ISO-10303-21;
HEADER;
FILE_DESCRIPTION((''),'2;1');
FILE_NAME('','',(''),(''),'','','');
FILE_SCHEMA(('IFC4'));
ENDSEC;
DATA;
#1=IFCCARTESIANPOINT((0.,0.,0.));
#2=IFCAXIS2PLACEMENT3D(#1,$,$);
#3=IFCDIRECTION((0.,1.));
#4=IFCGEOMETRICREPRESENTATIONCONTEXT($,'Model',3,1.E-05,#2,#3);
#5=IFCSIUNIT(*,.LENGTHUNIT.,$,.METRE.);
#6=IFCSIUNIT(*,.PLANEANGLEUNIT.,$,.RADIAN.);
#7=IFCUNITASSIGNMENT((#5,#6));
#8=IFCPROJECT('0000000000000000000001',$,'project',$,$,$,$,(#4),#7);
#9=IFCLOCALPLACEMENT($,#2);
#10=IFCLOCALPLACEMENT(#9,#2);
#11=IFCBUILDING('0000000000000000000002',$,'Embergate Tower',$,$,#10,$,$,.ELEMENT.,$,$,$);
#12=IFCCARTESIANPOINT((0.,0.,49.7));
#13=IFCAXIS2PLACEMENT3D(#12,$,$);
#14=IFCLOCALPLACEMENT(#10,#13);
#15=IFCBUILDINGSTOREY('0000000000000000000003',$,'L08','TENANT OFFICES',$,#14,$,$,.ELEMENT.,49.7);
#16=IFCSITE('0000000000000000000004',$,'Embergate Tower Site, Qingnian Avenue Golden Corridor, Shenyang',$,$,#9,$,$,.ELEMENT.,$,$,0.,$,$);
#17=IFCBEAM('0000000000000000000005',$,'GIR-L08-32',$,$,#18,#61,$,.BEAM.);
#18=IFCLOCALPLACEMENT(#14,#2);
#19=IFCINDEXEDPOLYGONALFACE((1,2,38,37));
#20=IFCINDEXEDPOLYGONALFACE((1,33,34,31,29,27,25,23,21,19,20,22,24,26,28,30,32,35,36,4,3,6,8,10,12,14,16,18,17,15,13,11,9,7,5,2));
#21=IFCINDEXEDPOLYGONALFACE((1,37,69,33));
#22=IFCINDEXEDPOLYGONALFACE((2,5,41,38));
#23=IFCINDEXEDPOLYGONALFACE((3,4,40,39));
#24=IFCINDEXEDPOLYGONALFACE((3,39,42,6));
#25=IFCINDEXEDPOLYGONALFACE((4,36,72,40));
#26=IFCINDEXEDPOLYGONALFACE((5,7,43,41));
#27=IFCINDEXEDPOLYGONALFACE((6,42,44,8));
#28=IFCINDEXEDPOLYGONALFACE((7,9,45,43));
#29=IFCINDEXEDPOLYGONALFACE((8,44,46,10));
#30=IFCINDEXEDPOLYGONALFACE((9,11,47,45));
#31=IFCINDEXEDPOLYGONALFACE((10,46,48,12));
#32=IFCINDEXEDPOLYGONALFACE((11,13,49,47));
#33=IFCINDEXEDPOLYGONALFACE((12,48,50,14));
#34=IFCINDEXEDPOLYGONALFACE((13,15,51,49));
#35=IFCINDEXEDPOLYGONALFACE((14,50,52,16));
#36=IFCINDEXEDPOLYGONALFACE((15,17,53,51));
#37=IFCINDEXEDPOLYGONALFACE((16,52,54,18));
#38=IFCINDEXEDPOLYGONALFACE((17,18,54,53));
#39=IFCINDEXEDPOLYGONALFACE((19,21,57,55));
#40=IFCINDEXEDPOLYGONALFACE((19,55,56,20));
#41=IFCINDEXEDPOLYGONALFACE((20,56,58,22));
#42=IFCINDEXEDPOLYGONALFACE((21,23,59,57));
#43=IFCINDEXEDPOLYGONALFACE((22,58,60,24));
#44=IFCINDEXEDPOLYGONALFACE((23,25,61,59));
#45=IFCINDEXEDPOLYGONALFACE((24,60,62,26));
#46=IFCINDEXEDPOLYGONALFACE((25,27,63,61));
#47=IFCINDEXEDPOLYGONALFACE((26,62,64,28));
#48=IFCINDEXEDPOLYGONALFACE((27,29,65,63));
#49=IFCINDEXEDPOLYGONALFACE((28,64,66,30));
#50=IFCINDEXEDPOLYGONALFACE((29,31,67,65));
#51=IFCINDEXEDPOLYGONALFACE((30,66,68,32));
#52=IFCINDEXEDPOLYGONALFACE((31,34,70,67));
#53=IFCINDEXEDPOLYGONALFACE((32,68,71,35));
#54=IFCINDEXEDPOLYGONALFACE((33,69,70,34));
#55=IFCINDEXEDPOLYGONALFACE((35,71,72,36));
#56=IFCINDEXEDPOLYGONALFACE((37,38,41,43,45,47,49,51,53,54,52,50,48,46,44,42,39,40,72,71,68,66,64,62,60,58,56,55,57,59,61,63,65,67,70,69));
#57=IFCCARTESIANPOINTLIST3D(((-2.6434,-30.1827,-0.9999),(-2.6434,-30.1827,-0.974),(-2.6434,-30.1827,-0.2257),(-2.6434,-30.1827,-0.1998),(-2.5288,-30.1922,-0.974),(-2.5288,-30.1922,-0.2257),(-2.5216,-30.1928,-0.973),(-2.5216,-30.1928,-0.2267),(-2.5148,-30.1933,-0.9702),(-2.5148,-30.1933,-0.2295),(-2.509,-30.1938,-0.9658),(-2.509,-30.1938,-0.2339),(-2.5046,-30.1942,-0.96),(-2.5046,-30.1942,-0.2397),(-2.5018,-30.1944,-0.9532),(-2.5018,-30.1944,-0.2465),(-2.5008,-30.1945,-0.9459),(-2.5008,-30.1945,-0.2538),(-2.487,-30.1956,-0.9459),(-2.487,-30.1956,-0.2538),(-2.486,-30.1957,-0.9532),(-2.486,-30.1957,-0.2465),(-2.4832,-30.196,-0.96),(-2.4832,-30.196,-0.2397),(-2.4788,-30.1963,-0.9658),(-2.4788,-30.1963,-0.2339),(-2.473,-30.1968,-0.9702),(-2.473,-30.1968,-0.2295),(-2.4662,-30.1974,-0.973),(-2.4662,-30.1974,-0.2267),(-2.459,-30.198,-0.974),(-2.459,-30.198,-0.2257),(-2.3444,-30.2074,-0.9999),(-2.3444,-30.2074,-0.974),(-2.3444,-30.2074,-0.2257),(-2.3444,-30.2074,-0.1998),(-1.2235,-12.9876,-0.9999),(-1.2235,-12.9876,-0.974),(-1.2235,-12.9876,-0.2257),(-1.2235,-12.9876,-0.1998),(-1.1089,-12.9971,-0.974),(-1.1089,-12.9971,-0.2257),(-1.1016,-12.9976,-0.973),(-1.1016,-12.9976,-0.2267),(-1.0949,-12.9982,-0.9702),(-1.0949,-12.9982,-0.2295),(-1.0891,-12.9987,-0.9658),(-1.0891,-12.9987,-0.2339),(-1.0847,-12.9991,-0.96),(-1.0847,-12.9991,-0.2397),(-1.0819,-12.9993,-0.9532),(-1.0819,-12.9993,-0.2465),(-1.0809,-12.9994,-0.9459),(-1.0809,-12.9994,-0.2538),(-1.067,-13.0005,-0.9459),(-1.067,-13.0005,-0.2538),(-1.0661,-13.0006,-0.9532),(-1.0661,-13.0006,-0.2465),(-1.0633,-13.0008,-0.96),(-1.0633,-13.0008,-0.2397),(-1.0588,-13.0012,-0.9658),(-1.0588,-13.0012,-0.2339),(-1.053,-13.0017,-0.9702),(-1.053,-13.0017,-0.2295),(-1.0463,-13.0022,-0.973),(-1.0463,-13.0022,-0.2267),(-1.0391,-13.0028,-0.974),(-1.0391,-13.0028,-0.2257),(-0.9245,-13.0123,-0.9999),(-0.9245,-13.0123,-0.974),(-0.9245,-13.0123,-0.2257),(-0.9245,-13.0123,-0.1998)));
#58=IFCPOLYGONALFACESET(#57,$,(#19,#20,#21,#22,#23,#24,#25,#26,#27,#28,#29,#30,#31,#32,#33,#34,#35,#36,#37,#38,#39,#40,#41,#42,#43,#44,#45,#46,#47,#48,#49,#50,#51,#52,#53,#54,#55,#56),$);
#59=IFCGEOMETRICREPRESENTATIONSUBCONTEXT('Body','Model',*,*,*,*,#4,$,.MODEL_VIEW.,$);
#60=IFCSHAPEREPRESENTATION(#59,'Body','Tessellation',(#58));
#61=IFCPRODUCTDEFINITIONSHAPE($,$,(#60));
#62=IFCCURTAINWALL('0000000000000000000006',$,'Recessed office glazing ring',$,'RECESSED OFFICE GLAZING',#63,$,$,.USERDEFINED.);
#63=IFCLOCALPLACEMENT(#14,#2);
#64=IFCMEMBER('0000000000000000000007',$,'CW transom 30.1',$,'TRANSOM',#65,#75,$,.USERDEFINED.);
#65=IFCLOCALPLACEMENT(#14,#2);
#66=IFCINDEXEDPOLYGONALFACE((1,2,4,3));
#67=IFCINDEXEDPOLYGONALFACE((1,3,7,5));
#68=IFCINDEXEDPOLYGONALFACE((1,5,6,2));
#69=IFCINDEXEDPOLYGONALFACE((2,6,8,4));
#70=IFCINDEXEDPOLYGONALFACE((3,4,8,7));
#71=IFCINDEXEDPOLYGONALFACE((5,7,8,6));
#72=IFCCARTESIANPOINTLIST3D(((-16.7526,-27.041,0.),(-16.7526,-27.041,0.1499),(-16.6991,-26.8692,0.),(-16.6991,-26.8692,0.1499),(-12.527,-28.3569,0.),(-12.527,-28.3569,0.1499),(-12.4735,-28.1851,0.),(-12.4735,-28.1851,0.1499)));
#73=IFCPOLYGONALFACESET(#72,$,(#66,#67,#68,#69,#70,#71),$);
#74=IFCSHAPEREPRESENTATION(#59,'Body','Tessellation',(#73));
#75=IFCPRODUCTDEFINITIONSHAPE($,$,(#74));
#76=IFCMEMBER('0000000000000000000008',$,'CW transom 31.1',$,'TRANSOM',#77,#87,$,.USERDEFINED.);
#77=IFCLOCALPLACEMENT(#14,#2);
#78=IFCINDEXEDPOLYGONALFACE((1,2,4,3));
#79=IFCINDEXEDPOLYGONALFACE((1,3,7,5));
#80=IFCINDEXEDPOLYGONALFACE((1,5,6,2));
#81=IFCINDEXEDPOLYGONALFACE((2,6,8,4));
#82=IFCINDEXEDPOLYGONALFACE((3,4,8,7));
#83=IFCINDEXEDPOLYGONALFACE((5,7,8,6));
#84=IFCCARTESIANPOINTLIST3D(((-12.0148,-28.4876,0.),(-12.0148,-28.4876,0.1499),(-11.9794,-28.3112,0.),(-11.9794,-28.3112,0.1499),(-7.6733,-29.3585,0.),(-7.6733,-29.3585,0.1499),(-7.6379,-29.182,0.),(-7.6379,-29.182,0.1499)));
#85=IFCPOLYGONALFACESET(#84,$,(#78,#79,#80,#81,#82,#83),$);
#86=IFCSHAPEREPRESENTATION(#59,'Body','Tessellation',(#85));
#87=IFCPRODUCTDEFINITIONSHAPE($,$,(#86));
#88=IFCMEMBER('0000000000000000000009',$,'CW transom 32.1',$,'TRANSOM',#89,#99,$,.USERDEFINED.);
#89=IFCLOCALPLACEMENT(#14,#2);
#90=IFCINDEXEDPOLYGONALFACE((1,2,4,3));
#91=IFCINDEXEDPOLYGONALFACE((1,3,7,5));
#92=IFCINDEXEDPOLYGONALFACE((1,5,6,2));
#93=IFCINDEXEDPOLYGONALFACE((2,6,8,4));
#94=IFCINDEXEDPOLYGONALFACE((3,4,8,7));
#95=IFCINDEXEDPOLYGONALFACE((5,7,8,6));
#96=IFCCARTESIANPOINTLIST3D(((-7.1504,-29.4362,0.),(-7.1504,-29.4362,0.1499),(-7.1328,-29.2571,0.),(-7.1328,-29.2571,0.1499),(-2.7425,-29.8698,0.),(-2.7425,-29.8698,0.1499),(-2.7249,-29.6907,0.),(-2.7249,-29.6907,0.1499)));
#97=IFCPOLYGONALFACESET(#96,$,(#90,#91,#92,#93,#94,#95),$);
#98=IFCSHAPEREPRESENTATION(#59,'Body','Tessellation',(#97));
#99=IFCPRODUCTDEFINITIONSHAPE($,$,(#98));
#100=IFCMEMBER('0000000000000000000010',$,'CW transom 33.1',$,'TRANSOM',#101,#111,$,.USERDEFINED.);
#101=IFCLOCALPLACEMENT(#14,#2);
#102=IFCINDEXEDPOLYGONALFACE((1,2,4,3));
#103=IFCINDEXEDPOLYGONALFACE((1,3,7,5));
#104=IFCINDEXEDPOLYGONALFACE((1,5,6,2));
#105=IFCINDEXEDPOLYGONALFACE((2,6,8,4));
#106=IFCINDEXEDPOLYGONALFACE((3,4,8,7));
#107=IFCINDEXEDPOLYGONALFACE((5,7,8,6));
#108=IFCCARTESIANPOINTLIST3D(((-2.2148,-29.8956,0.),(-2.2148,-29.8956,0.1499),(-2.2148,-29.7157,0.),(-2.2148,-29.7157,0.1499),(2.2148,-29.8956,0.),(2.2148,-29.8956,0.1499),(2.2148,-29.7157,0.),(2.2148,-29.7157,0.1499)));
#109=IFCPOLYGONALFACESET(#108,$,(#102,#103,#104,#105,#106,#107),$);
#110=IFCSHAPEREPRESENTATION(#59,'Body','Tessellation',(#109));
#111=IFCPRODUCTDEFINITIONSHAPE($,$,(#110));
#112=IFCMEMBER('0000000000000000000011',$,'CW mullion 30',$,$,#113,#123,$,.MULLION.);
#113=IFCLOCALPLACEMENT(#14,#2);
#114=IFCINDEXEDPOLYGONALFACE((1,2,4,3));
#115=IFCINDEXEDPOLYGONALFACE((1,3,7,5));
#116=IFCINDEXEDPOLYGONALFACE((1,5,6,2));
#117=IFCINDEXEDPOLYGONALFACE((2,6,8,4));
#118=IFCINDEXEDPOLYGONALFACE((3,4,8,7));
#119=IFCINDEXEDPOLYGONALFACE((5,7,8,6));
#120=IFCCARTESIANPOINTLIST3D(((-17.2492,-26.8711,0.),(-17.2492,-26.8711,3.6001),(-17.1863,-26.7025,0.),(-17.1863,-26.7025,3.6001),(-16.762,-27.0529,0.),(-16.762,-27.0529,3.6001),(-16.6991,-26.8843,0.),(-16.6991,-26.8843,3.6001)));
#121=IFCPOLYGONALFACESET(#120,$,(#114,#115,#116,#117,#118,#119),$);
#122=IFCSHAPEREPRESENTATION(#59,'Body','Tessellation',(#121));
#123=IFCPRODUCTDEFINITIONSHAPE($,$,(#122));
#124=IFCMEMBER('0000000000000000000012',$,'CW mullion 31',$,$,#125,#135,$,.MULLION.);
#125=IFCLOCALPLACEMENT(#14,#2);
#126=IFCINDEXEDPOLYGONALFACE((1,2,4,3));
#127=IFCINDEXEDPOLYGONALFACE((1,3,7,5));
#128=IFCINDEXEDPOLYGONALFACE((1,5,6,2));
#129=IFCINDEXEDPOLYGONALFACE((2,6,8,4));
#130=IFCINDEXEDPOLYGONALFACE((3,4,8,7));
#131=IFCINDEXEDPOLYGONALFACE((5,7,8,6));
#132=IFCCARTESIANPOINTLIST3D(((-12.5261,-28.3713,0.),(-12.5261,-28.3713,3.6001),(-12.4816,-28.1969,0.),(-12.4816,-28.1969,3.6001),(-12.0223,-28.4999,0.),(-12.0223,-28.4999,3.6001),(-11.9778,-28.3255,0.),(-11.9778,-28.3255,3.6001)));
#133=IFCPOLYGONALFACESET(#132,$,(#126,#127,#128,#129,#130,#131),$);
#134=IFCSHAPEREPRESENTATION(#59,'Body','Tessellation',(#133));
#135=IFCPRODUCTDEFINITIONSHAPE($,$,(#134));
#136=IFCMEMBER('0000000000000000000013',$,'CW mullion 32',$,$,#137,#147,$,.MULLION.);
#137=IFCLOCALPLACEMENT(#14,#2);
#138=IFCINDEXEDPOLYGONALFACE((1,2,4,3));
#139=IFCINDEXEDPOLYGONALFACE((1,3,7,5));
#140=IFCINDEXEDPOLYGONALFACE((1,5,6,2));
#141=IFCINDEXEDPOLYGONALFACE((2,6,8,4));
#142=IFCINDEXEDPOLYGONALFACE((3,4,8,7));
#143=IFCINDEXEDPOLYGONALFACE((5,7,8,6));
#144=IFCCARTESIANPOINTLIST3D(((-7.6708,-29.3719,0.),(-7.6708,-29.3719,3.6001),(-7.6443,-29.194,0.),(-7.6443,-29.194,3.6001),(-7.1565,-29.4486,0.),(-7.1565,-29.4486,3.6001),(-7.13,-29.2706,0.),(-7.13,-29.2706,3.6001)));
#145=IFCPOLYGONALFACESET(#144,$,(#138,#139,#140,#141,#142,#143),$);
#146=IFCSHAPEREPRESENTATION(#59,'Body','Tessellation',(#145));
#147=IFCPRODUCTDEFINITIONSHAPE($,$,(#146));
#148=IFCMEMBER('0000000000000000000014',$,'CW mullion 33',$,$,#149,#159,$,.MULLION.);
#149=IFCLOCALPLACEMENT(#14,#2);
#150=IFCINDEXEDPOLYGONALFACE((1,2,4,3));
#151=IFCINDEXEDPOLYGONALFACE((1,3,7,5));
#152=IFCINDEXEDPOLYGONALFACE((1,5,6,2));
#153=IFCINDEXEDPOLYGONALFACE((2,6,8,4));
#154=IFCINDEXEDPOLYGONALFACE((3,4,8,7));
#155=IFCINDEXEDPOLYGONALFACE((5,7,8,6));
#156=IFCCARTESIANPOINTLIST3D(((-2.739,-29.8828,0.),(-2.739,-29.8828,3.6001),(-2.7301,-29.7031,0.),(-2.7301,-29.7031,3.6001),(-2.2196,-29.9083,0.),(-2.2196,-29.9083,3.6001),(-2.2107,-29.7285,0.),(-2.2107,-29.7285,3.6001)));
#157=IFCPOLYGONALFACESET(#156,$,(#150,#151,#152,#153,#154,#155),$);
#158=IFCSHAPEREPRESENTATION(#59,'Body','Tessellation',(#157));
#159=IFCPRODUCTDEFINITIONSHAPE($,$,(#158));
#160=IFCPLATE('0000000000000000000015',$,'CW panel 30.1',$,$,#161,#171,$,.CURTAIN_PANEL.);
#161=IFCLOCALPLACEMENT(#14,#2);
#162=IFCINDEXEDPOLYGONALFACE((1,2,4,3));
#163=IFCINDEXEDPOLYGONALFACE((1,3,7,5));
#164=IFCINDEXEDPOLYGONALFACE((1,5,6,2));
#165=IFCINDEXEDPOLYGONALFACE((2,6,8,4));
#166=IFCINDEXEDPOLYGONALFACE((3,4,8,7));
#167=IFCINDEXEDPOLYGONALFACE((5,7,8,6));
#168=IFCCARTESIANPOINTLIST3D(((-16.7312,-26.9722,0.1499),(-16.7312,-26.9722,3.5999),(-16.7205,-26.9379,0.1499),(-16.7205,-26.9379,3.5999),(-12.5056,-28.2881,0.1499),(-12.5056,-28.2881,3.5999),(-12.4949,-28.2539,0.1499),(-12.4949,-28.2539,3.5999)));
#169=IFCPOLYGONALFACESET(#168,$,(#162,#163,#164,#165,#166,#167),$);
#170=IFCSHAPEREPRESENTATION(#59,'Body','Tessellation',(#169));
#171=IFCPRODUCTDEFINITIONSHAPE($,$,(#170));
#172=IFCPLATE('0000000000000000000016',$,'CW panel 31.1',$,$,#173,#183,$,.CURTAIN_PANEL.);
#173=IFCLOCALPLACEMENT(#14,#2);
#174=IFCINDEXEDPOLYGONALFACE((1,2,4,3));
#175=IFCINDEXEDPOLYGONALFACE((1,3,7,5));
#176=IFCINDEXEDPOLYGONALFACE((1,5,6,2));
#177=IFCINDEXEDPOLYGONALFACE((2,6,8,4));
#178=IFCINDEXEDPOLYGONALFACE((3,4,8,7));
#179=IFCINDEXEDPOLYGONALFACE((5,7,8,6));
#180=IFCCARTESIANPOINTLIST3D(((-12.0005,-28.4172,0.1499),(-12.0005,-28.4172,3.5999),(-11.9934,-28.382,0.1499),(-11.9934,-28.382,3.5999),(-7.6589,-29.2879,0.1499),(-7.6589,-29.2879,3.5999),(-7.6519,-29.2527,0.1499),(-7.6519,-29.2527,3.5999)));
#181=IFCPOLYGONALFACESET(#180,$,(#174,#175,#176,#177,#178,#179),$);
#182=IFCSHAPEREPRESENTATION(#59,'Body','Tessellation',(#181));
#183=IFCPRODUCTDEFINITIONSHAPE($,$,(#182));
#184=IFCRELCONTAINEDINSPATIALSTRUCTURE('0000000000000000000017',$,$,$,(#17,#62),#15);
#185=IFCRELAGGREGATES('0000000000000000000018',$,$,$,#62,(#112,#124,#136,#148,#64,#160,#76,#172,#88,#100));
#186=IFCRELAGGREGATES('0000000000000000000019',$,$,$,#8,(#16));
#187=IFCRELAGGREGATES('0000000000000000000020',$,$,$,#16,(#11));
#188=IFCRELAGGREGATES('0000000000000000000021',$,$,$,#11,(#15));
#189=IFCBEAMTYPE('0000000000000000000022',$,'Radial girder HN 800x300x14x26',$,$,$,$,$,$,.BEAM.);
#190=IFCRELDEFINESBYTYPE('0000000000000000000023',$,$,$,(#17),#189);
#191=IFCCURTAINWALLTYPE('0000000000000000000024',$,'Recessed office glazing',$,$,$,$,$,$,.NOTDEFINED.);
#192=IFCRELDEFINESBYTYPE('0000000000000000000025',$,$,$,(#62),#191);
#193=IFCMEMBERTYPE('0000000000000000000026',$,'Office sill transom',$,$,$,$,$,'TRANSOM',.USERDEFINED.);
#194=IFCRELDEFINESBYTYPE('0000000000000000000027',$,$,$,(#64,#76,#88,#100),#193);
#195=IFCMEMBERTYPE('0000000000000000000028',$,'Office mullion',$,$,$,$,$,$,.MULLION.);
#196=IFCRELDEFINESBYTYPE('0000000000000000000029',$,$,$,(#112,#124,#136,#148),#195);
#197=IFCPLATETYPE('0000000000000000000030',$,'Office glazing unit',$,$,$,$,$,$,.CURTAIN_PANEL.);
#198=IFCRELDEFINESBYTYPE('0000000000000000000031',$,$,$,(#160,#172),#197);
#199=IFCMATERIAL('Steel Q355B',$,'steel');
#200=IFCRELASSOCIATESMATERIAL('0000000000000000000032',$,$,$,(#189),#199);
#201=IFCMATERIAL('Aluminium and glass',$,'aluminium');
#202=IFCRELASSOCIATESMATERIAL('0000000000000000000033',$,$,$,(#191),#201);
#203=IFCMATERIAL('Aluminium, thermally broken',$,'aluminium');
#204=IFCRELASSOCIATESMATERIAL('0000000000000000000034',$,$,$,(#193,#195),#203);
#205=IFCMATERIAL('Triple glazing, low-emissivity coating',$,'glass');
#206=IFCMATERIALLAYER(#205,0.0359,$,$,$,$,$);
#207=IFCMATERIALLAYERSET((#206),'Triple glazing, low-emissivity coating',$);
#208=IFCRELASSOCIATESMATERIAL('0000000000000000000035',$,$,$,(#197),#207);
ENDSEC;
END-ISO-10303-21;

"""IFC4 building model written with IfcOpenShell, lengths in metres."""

from ifc_helpers import new_model, si_unit, direction, frame, origin, origin_2d, place, context, subcontext, project, spatial, rectangle, i_section, extrude, source, transform, mapped, material, layer, layer_set, material_profile, profile_set, type_object, element, aggregate, save


model = new_model("IFC4")

# Units and contexts
model_context = context("Model", 3, precision=1e-05, world=origin(), true_north=direction((0.0, 1.0)))
body_context = subcontext(model_context, "Body", "Model", "MODEL_VIEW")
ifc_project = project(units=[si_unit("LENGTHUNIT", "METRE"), si_unit("PLANEANGLEUNIT", "RADIAN")], contexts=[model_context])

# Site, building, storey
site_placement = place(None, origin())
site = spatial("IfcSite", under=ifc_project, at=site_placement, Name="Embergate Tower Site, Qingnian Avenue Golden Corridor, Shenyang", CompositionType="ELEMENT", RefElevation=0.0)
building_placement = place(site_placement, origin())
building = spatial("IfcBuilding", under=site, at=building_placement, Name="Embergate Tower", CompositionType="ELEMENT")
storey_placement = place(building_placement, frame((0.0, 0.0, 49.7)))
storey = spatial("IfcBuildingStorey", under=building, at=storey_placement, Name="L08", Description="TENANT OFFICES", CompositionType="ELEMENT", Elevation=49.7)

# Beam
ifc_material_1 = material(Name="Steel Q355B", Category="steel")
ifc_material_profile_1 = material_profile(ifc_material_1, i_section(OverallWidth=0.3, OverallDepth=0.8, WebThickness=0.0139, FlangeThickness=0.0259, FilletRadius=0.0281, at=origin_2d()), Name="HN 800x300x14x26")
ifc_profile_set_1 = profile_set([ifc_material_profile_1], Name="Steel Q355 grade B")
beam_type_1 = type_object("IfcBeamType", Name="Radial girder HN 800x300x14x26", PredefinedType="BEAM", material=ifc_profile_set_1)
shared_shape_1 = source(origin(), body_context, "Body", "SweptSolid", [
    extrude(i_section(OverallWidth=0.3, OverallDepth=0.8, WebThickness=0.0139, FlangeThickness=0.0259, FilletRadius=0.0281, at=origin_2d()), origin(), (0.0, 0.0, 1.0), 17.2537),
])
beam_1_placement = place(storey_placement, frame((-2.4939, -30.1951, -0.5999), z_axis=(0.082297, 0.996608, 0.0), x_axis=(-0.996608, 0.082297, 0.0)))
element("IfcBeam", 1, at=beam_1_placement, inside=storey, type_object=beam_type_1, Name="GIR-L08-32", PredefinedType="BEAM", context=body_context, shape_type="MappedRepresentation", body=[
    mapped(shared_shape_1, transform((0.0, 0.0, 0.0))),
])

# Curtain wall, members
ifc_material_2 = material(Name="Aluminium and glass", Category="aluminium")
curtain_wall_type = type_object("IfcCurtainWallType", Name="Recessed office glazing", PredefinedType="NOTDEFINED", material=ifc_material_2)
curtain_wall_placement = place(storey_placement, origin())
curtain_wall = element("IfcCurtainWall", 2, at=curtain_wall_placement, inside=storey, type_object=curtain_wall_type, Name="Recessed office glazing ring", ObjectType="RECESSED OFFICE GLAZING", PredefinedType="USERDEFINED")
ifc_material_3 = material(Name="Aluminium, thermally broken", Category="aluminium")
ifc_material_profile_2 = material_profile(ifc_material_3, rectangle(XDim=0.1799, YDim=0.1499, at=origin_2d()), Name="AL 150x180")
ifc_profile_set_2 = profile_set([ifc_material_profile_2], Name="Aluminium, thermally broken")
member_type_1 = type_object("IfcMemberType", Name="Office sill transom", ElementType="TRANSOM", PredefinedType="USERDEFINED", material=ifc_profile_set_2)
shared_shape_2 = source(origin(), body_context, "Body", "SweptSolid", [
    extrude(rectangle(XDim=0.1799, YDim=0.1499, at=origin_2d()), origin(), (0.0, 0.0, 1.0), 4.4258),
])
member_1_placement = place(storey_placement, frame((-16.7258, -26.9551, 0.075), z_axis=(0.954774, -0.297333, 0.0), x_axis=(0.297333, 0.954774, 0.0)))
member_1 = element("IfcMember", 3, at=member_1_placement, type_object=member_type_1, Name="CW transom 30.1", ObjectType="TRANSOM", PredefinedType="USERDEFINED", context=body_context, shape_type="MappedRepresentation", body=[
    mapped(shared_shape_2, transform((0.0, 0.0, 0.0))),
])
shared_shape_3 = source(origin(), body_context, "Body", "SweptSolid", [
    extrude(rectangle(XDim=0.1799, YDim=0.1499, at=origin_2d()), origin(), (0.0, 0.0, 1.0), 4.428),
])
member_2_placement = place(storey_placement, frame((-11.9971, -28.3994, 0.075), z_axis=(0.98047, -0.196667, 0.0), x_axis=(0.196667, 0.98047, 0.0)))
member_2 = element("IfcMember", 4, at=member_2_placement, type_object=member_type_1, Name="CW transom 31.1", ObjectType="TRANSOM", PredefinedType="USERDEFINED", context=body_context, shape_type="MappedRepresentation", body=[
    mapped(shared_shape_3, transform((0.0, 0.0, 0.0))),
])
shared_shape_4 = source(origin(), body_context, "Body", "SweptSolid", [
    extrude(rectangle(XDim=0.1799, YDim=0.1499, at=origin_2d()), origin(), (0.0, 0.0, 1.0), 4.4292),
])
member_3_placement = place(storey_placement, frame((-7.1416, -29.3467, 0.075), z_axis=(0.995197, -0.097894, 0.0), x_axis=(0.097894, 0.995197, 0.0)))
member_3 = element("IfcMember", 5, at=member_3_placement, type_object=member_type_1, Name="CW transom 32.1", ObjectType="TRANSOM", PredefinedType="USERDEFINED", context=body_context, shape_type="MappedRepresentation", body=[
    mapped(shared_shape_4, transform((0.0, 0.0, 0.0))),
])
shared_shape_5 = source(origin(), body_context, "Body", "SweptSolid", [
    extrude(rectangle(XDim=0.1799, YDim=0.1499, at=origin_2d()), origin(), (0.0, 0.0, 1.0), 4.4297),
])
member_4_placement = place(storey_placement, frame((-2.2148, -29.8057, 0.075), z_axis=(1.0, 0.0, 0.0), x_axis=(0.0, 1.0, 0.0)))
member_4 = element("IfcMember", 6, at=member_4_placement, type_object=member_type_1, Name="CW transom 33.1", ObjectType="TRANSOM", PredefinedType="USERDEFINED", context=body_context, shape_type="MappedRepresentation", body=[
    mapped(shared_shape_5, transform((0.0, 0.0, 0.0))),
])
ifc_material_profile_3 = material_profile(ifc_material_3, rectangle(XDim=0.1799, YDim=0.52, at=origin_2d()), Name="AL 520x180")
ifc_profile_set_3 = profile_set([ifc_material_profile_3], Name="Aluminium, thermally broken")
member_type_2 = type_object("IfcMemberType", Name="Office mullion", PredefinedType="MULLION", material=ifc_profile_set_3)
shared_shape_6 = source(origin(), body_context, "Body", "SweptSolid", [
    extrude(rectangle(XDim=0.1799, YDim=0.52, at=origin_2d()), origin(), (0.0, 0.0, 1.0), 3.6001),
])
member_5_placement = place(storey_placement, frame((-16.9741, -26.8777, 0.0), z_axis=(0.0, 0.0, 1.0), x_axis=(0.349503, 0.936935, 0.0)))
member_5 = element("IfcMember", 7, at=member_5_placement, type_object=member_type_2, Name="CW mullion 30", PredefinedType="MULLION", context=body_context, shape_type="MappedRepresentation", body=[
    mapped(shared_shape_6, transform((0.0, 0.0, 0.0))),
])
member_6_placement = place(storey_placement, frame((-12.252, -28.3484, 0.0), z_axis=(0.0, 0.0, 1.0), x_axis=(0.247312, 0.968936, 0.0)))
member_6 = element("IfcMember", 8, at=member_6_placement, type_object=member_type_2, Name="CW mullion 31", PredefinedType="MULLION", context=body_context, shape_type="MappedRepresentation", body=[
    mapped(shared_shape_6, transform((0.0, 0.0, 0.0))),
])
member_7_placement = place(storey_placement, frame((-7.4004, -29.3213, 0.0), z_axis=(0.0, 0.0, 1.0), x_axis=(0.147412, 0.989075, 0.0)))
member_7 = element("IfcMember", 9, at=member_7_placement, type_object=member_type_2, Name="CW mullion 32", PredefinedType="MULLION", context=body_context, shape_type="MappedRepresentation", body=[
    mapped(shared_shape_6, transform((0.0, 0.0, 0.0))),
])
member_8_placement = place(storey_placement, frame((-2.4749, -29.8057, 0.0), z_axis=(0.0, 0.0, 1.0), x_axis=(0.048972, 0.9988, 0.0)))
member_8 = element("IfcMember", 10, at=member_8_placement, type_object=member_type_2, Name="CW mullion 33", PredefinedType="MULLION", context=body_context, shape_type="MappedRepresentation", body=[
    mapped(shared_shape_6, transform((0.0, 0.0, 0.0))),
])

# Plates
ifc_material_4 = material(Name="Triple glazing, low-emissivity coating", Category="glass")
ifc_layer_1 = layer(ifc_material_4, 0.0359)
ifc_layer_set_1 = layer_set([ifc_layer_1], Name="Triple glazing, low-emissivity coating")
plate_type = type_object("IfcPlateType", Name="Office glazing unit", PredefinedType="CURTAIN_PANEL", material=ifc_layer_set_1)
shared_shape_7 = source(origin(), body_context, "Body", "SweptSolid", [
    extrude(rectangle(XDim=4.4258, YDim=0.0359, at=origin_2d()), origin(), (0.0, 0.0, 1.0), 3.45),
])
plate_1_placement = place(storey_placement, frame((-14.613, -27.613, 0.1499), z_axis=(0.0, 0.0, 1.0), x_axis=(0.954772, -0.297338, 0.0)))
plate_1 = element("IfcPlate", 11, at=plate_1_placement, type_object=plate_type, Name="CW panel 30.1", PredefinedType="CURTAIN_PANEL", context=body_context, shape_type="MappedRepresentation", body=[
    mapped(shared_shape_7, transform((0.0, 0.0, 0.0))),
])
shared_shape_8 = source(origin(), body_context, "Body", "SweptSolid", [
    extrude(rectangle(XDim=4.428, YDim=0.0359, at=origin_2d()), origin(), (0.0, 0.0, 1.0), 3.45),
])
plate_2_placement = place(storey_placement, frame((-9.8262, -28.835, 0.1499), z_axis=(0.0, 0.0, 1.0), x_axis=(0.980476, -0.196639, 0.0)))
plate_2 = element("IfcPlate", 12, at=plate_2_placement, type_object=plate_type, Name="CW panel 31.1", PredefinedType="CURTAIN_PANEL", context=body_context, shape_type="MappedRepresentation", body=[
    mapped(shared_shape_8, transform((0.0, 0.0, 0.0))),
])
aggregate(curtain_wall, [member_5, member_6, member_7, member_8, member_1, plate_1, member_2, plate_2, member_3, member_4])

save(model, "model.ifc")
